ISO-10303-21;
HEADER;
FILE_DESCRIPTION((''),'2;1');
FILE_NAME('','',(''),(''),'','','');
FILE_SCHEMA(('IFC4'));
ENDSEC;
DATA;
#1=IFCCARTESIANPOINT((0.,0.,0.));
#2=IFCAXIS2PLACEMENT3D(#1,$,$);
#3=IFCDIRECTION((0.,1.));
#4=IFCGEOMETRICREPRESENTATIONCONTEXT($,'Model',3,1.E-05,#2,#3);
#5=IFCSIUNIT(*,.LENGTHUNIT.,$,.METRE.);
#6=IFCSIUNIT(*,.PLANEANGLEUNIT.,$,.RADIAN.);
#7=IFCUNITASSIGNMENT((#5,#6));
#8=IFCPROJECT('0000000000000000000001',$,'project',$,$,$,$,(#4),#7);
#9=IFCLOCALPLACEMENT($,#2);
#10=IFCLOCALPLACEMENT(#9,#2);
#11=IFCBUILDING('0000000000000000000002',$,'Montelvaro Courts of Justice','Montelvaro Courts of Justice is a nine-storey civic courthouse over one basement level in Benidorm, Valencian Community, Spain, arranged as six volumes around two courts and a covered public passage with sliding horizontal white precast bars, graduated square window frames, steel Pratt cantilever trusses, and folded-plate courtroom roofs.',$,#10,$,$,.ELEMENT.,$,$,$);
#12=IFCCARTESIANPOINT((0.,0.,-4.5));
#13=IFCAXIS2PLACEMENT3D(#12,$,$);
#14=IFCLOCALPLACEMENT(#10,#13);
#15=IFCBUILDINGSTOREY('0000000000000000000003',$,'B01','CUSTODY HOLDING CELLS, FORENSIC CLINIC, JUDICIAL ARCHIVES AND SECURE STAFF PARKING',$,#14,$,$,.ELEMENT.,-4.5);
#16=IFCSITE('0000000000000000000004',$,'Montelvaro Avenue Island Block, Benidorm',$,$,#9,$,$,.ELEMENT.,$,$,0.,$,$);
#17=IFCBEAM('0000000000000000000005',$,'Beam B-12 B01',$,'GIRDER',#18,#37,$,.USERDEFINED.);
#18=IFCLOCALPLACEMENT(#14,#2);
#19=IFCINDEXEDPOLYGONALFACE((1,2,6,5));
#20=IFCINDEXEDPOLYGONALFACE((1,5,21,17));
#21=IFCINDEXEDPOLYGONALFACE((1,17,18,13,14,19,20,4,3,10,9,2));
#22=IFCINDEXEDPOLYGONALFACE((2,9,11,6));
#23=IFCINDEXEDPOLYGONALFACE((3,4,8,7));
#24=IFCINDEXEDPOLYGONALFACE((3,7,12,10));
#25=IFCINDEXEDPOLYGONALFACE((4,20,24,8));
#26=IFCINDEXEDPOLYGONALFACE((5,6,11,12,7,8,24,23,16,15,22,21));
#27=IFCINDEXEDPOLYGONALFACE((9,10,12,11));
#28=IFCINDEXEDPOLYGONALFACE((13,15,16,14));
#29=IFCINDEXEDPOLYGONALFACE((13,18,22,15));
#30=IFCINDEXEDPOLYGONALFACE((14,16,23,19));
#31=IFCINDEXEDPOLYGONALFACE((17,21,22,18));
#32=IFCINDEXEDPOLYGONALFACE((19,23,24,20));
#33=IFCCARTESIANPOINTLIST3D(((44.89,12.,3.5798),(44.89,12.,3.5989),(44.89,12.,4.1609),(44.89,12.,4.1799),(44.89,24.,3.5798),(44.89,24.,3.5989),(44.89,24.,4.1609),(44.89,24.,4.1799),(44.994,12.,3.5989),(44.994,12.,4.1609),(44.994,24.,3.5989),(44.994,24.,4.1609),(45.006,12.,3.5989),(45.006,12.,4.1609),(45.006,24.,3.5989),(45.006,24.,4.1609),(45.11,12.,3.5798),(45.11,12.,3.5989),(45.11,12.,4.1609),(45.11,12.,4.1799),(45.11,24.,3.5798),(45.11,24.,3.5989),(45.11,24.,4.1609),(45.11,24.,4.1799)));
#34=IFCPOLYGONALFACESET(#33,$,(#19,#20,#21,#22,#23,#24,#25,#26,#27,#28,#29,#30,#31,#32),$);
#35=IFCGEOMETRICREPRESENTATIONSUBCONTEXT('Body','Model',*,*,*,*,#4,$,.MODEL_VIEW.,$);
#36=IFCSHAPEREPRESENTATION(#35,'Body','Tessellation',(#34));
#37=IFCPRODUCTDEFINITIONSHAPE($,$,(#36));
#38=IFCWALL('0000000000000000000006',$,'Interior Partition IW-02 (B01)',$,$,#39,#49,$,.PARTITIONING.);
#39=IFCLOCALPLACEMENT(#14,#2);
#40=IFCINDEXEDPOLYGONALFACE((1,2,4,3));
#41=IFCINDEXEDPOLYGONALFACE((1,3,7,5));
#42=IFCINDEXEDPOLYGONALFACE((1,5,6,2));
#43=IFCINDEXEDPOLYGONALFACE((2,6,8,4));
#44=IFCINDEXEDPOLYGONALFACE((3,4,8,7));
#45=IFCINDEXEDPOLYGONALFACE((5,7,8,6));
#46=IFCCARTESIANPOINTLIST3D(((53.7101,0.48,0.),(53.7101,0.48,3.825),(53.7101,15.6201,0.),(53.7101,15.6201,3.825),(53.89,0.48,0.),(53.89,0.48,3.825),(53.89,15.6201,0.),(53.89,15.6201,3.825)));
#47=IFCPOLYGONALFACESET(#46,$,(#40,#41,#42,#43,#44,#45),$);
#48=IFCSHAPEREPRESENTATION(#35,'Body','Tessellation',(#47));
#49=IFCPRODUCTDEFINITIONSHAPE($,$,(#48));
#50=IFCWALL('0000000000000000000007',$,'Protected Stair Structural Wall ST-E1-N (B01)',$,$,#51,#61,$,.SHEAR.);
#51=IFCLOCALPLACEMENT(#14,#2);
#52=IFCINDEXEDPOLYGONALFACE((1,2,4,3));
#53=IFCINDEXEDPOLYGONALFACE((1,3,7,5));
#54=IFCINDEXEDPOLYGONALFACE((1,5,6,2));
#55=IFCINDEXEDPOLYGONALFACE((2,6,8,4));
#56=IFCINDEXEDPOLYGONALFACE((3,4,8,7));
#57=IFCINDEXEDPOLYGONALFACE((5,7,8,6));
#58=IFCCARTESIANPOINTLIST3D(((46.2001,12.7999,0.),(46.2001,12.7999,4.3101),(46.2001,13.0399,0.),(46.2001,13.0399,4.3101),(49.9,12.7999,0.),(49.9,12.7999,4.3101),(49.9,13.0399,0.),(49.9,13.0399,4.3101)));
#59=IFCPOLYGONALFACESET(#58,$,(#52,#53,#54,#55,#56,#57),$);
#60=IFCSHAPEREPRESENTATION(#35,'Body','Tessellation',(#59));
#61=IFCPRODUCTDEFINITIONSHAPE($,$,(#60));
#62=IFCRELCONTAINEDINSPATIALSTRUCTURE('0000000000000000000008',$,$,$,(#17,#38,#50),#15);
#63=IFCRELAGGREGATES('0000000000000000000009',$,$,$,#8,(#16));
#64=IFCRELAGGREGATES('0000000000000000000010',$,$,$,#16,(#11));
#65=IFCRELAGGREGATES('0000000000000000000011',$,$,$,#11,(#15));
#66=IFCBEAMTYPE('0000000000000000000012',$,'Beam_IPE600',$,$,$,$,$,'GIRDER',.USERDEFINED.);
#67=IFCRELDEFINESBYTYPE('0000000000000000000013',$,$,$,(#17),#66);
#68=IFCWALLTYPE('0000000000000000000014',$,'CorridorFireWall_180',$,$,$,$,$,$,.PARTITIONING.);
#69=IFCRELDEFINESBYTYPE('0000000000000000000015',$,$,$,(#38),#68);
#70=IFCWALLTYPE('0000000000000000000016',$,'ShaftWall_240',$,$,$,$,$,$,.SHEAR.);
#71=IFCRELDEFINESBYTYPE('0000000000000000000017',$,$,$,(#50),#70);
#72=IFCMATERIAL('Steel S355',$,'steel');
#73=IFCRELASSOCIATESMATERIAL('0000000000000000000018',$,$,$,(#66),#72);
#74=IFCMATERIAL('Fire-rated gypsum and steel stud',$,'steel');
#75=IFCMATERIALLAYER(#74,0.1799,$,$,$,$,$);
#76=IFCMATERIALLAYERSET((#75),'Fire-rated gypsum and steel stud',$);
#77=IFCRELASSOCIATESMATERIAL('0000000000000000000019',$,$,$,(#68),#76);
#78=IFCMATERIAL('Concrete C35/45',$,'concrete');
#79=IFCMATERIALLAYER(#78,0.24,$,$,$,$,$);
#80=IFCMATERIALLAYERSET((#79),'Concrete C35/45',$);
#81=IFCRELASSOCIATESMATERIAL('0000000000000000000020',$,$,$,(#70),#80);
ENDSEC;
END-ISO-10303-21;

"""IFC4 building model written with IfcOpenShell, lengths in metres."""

from ifc_helpers import new_model, si_unit, direction, frame, frame_2d, origin, origin_2d, place, context, subcontext, project, spatial, rectangle, i_section, extrude, material, layer, layer_set, material_profile, profile_set, type_object, element, save


model = new_model("IFC4")

# Units and contexts
model_context = context("Model", 3, precision=1e-05, world=origin(), true_north=direction((0.0, 1.0)))
body_context = subcontext(model_context, "Body", "Model", "MODEL_VIEW")
ifc_project = project(units=[si_unit("LENGTHUNIT", "METRE"), si_unit("PLANEANGLEUNIT", "RADIAN")], contexts=[model_context])

# Site, building, storey
site_placement = place(None, origin())
site = spatial("IfcSite", under=ifc_project, at=site_placement, Name="Montelvaro Avenue Island Block, Benidorm", CompositionType="ELEMENT", RefElevation=0.0)
building_placement = place(site_placement, origin())
building = spatial("IfcBuilding", under=site, at=building_placement, Name="Montelvaro Courts of Justice", Description="Montelvaro Courts of Justice is a nine-storey civic courthouse over one basement level in Benidorm, Valencian Community, Spain, arranged as six volumes around two courts and a covered public passage with sliding horizontal white precast bars, graduated square window frames, steel Pratt cantilever trusses, and folded-plate courtroom roofs.", CompositionType="ELEMENT")
storey_placement = place(building_placement, frame((0.0, 0.0, -4.5)))
storey = spatial("IfcBuildingStorey", under=building, at=storey_placement, Name="B01", Description="CUSTODY HOLDING CELLS, FORENSIC CLINIC, JUDICIAL ARCHIVES AND SECURE STAFF PARKING", CompositionType="ELEMENT", Elevation=-4.5)

# Shared definitions
ifc_material_1 = material(Name="Concrete C35/45", Category="concrete")

# Beam
ifc_material_2 = material(Name="Steel S355", Category="steel")
ifc_material_profile_1 = material_profile(ifc_material_2, i_section(OverallWidth=0.22, OverallDepth=0.6001, WebThickness=0.012, FlangeThickness=0.019, at=origin_2d()), Name="IPE 600")
ifc_profile_set_1 = profile_set([ifc_material_profile_1], Name="Steel S355")
beam_type_1 = type_object("IfcBeamType", Name="Beam_IPE600", ElementType="GIRDER", PredefinedType="USERDEFINED", material=ifc_profile_set_1)
beam_1_placement = place(storey_placement, frame((45.0, 12.0, 3.8799), z_axis=(0.0, 1.0, 0.0), x_axis=(-1.0, 0.0, 0.0)))
element("IfcBeam", 1, at=beam_1_placement, inside=storey, type_object=beam_type_1, Name="Beam B-12 B01", ObjectType="GIRDER", PredefinedType="USERDEFINED", context=body_context, shape_type="SweptSolid", body=[
    extrude(i_section(OverallWidth=0.22, OverallDepth=0.6001, WebThickness=0.012, FlangeThickness=0.019, at=origin_2d()), origin(), (0.0, 0.0, 1.0), 12.0),
])

# Walls
ifc_material_3 = material(Name="Fire-rated gypsum and steel stud", Category="steel")
ifc_layer_1 = layer(ifc_material_3, 0.1799)
ifc_layer_set_1 = layer_set([ifc_layer_1], Name="Fire-rated gypsum and steel stud")
wall_type_1 = type_object("IfcWallType", Name="CorridorFireWall_180", PredefinedType="PARTITIONING", material=ifc_layer_set_1)
wall_1_placement = place(storey_placement, frame((53.8, 15.6201, 0.0), z_axis=(0.0, 0.0, 1.0), x_axis=(0.0, -1.0, 0.0)))
element("IfcWall", 2, at=wall_1_placement, inside=storey, type_object=wall_type_1, Name="Interior Partition IW-02 (B01)", PredefinedType="PARTITIONING", context=body_context, shape_type="SweptSolid", body=[
    extrude(rectangle(XDim=15.1401, YDim=0.1799, at=frame_2d((7.5701, 0.0))), origin(), (0.0, 0.0, 1.0), 3.825),
])
ifc_layer_2 = layer(ifc_material_1, 0.24)
ifc_layer_set_2 = layer_set([ifc_layer_2], Name="Concrete C35/45")
wall_type_2 = type_object("IfcWallType", Name="ShaftWall_240", PredefinedType="SHEAR", material=ifc_layer_set_2)
wall_2_placement = place(storey_placement, frame((46.2, 12.9199, 0.0), z_axis=(0.0, 0.0, 1.0), x_axis=(1.0, 0.0, 0.0)))
element("IfcWall", 3, at=wall_2_placement, inside=storey, type_object=wall_type_2, Name="Protected Stair Structural Wall ST-E1-N (B01)", PredefinedType="SHEAR", context=body_context, shape_type="SweptSolid", body=[
    extrude(rectangle(XDim=3.7, YDim=0.24, at=frame_2d((1.8501, 0.0))), origin(), (0.0, 0.0, 1.0), 4.3101),
])

save(model, "model.ifc")
